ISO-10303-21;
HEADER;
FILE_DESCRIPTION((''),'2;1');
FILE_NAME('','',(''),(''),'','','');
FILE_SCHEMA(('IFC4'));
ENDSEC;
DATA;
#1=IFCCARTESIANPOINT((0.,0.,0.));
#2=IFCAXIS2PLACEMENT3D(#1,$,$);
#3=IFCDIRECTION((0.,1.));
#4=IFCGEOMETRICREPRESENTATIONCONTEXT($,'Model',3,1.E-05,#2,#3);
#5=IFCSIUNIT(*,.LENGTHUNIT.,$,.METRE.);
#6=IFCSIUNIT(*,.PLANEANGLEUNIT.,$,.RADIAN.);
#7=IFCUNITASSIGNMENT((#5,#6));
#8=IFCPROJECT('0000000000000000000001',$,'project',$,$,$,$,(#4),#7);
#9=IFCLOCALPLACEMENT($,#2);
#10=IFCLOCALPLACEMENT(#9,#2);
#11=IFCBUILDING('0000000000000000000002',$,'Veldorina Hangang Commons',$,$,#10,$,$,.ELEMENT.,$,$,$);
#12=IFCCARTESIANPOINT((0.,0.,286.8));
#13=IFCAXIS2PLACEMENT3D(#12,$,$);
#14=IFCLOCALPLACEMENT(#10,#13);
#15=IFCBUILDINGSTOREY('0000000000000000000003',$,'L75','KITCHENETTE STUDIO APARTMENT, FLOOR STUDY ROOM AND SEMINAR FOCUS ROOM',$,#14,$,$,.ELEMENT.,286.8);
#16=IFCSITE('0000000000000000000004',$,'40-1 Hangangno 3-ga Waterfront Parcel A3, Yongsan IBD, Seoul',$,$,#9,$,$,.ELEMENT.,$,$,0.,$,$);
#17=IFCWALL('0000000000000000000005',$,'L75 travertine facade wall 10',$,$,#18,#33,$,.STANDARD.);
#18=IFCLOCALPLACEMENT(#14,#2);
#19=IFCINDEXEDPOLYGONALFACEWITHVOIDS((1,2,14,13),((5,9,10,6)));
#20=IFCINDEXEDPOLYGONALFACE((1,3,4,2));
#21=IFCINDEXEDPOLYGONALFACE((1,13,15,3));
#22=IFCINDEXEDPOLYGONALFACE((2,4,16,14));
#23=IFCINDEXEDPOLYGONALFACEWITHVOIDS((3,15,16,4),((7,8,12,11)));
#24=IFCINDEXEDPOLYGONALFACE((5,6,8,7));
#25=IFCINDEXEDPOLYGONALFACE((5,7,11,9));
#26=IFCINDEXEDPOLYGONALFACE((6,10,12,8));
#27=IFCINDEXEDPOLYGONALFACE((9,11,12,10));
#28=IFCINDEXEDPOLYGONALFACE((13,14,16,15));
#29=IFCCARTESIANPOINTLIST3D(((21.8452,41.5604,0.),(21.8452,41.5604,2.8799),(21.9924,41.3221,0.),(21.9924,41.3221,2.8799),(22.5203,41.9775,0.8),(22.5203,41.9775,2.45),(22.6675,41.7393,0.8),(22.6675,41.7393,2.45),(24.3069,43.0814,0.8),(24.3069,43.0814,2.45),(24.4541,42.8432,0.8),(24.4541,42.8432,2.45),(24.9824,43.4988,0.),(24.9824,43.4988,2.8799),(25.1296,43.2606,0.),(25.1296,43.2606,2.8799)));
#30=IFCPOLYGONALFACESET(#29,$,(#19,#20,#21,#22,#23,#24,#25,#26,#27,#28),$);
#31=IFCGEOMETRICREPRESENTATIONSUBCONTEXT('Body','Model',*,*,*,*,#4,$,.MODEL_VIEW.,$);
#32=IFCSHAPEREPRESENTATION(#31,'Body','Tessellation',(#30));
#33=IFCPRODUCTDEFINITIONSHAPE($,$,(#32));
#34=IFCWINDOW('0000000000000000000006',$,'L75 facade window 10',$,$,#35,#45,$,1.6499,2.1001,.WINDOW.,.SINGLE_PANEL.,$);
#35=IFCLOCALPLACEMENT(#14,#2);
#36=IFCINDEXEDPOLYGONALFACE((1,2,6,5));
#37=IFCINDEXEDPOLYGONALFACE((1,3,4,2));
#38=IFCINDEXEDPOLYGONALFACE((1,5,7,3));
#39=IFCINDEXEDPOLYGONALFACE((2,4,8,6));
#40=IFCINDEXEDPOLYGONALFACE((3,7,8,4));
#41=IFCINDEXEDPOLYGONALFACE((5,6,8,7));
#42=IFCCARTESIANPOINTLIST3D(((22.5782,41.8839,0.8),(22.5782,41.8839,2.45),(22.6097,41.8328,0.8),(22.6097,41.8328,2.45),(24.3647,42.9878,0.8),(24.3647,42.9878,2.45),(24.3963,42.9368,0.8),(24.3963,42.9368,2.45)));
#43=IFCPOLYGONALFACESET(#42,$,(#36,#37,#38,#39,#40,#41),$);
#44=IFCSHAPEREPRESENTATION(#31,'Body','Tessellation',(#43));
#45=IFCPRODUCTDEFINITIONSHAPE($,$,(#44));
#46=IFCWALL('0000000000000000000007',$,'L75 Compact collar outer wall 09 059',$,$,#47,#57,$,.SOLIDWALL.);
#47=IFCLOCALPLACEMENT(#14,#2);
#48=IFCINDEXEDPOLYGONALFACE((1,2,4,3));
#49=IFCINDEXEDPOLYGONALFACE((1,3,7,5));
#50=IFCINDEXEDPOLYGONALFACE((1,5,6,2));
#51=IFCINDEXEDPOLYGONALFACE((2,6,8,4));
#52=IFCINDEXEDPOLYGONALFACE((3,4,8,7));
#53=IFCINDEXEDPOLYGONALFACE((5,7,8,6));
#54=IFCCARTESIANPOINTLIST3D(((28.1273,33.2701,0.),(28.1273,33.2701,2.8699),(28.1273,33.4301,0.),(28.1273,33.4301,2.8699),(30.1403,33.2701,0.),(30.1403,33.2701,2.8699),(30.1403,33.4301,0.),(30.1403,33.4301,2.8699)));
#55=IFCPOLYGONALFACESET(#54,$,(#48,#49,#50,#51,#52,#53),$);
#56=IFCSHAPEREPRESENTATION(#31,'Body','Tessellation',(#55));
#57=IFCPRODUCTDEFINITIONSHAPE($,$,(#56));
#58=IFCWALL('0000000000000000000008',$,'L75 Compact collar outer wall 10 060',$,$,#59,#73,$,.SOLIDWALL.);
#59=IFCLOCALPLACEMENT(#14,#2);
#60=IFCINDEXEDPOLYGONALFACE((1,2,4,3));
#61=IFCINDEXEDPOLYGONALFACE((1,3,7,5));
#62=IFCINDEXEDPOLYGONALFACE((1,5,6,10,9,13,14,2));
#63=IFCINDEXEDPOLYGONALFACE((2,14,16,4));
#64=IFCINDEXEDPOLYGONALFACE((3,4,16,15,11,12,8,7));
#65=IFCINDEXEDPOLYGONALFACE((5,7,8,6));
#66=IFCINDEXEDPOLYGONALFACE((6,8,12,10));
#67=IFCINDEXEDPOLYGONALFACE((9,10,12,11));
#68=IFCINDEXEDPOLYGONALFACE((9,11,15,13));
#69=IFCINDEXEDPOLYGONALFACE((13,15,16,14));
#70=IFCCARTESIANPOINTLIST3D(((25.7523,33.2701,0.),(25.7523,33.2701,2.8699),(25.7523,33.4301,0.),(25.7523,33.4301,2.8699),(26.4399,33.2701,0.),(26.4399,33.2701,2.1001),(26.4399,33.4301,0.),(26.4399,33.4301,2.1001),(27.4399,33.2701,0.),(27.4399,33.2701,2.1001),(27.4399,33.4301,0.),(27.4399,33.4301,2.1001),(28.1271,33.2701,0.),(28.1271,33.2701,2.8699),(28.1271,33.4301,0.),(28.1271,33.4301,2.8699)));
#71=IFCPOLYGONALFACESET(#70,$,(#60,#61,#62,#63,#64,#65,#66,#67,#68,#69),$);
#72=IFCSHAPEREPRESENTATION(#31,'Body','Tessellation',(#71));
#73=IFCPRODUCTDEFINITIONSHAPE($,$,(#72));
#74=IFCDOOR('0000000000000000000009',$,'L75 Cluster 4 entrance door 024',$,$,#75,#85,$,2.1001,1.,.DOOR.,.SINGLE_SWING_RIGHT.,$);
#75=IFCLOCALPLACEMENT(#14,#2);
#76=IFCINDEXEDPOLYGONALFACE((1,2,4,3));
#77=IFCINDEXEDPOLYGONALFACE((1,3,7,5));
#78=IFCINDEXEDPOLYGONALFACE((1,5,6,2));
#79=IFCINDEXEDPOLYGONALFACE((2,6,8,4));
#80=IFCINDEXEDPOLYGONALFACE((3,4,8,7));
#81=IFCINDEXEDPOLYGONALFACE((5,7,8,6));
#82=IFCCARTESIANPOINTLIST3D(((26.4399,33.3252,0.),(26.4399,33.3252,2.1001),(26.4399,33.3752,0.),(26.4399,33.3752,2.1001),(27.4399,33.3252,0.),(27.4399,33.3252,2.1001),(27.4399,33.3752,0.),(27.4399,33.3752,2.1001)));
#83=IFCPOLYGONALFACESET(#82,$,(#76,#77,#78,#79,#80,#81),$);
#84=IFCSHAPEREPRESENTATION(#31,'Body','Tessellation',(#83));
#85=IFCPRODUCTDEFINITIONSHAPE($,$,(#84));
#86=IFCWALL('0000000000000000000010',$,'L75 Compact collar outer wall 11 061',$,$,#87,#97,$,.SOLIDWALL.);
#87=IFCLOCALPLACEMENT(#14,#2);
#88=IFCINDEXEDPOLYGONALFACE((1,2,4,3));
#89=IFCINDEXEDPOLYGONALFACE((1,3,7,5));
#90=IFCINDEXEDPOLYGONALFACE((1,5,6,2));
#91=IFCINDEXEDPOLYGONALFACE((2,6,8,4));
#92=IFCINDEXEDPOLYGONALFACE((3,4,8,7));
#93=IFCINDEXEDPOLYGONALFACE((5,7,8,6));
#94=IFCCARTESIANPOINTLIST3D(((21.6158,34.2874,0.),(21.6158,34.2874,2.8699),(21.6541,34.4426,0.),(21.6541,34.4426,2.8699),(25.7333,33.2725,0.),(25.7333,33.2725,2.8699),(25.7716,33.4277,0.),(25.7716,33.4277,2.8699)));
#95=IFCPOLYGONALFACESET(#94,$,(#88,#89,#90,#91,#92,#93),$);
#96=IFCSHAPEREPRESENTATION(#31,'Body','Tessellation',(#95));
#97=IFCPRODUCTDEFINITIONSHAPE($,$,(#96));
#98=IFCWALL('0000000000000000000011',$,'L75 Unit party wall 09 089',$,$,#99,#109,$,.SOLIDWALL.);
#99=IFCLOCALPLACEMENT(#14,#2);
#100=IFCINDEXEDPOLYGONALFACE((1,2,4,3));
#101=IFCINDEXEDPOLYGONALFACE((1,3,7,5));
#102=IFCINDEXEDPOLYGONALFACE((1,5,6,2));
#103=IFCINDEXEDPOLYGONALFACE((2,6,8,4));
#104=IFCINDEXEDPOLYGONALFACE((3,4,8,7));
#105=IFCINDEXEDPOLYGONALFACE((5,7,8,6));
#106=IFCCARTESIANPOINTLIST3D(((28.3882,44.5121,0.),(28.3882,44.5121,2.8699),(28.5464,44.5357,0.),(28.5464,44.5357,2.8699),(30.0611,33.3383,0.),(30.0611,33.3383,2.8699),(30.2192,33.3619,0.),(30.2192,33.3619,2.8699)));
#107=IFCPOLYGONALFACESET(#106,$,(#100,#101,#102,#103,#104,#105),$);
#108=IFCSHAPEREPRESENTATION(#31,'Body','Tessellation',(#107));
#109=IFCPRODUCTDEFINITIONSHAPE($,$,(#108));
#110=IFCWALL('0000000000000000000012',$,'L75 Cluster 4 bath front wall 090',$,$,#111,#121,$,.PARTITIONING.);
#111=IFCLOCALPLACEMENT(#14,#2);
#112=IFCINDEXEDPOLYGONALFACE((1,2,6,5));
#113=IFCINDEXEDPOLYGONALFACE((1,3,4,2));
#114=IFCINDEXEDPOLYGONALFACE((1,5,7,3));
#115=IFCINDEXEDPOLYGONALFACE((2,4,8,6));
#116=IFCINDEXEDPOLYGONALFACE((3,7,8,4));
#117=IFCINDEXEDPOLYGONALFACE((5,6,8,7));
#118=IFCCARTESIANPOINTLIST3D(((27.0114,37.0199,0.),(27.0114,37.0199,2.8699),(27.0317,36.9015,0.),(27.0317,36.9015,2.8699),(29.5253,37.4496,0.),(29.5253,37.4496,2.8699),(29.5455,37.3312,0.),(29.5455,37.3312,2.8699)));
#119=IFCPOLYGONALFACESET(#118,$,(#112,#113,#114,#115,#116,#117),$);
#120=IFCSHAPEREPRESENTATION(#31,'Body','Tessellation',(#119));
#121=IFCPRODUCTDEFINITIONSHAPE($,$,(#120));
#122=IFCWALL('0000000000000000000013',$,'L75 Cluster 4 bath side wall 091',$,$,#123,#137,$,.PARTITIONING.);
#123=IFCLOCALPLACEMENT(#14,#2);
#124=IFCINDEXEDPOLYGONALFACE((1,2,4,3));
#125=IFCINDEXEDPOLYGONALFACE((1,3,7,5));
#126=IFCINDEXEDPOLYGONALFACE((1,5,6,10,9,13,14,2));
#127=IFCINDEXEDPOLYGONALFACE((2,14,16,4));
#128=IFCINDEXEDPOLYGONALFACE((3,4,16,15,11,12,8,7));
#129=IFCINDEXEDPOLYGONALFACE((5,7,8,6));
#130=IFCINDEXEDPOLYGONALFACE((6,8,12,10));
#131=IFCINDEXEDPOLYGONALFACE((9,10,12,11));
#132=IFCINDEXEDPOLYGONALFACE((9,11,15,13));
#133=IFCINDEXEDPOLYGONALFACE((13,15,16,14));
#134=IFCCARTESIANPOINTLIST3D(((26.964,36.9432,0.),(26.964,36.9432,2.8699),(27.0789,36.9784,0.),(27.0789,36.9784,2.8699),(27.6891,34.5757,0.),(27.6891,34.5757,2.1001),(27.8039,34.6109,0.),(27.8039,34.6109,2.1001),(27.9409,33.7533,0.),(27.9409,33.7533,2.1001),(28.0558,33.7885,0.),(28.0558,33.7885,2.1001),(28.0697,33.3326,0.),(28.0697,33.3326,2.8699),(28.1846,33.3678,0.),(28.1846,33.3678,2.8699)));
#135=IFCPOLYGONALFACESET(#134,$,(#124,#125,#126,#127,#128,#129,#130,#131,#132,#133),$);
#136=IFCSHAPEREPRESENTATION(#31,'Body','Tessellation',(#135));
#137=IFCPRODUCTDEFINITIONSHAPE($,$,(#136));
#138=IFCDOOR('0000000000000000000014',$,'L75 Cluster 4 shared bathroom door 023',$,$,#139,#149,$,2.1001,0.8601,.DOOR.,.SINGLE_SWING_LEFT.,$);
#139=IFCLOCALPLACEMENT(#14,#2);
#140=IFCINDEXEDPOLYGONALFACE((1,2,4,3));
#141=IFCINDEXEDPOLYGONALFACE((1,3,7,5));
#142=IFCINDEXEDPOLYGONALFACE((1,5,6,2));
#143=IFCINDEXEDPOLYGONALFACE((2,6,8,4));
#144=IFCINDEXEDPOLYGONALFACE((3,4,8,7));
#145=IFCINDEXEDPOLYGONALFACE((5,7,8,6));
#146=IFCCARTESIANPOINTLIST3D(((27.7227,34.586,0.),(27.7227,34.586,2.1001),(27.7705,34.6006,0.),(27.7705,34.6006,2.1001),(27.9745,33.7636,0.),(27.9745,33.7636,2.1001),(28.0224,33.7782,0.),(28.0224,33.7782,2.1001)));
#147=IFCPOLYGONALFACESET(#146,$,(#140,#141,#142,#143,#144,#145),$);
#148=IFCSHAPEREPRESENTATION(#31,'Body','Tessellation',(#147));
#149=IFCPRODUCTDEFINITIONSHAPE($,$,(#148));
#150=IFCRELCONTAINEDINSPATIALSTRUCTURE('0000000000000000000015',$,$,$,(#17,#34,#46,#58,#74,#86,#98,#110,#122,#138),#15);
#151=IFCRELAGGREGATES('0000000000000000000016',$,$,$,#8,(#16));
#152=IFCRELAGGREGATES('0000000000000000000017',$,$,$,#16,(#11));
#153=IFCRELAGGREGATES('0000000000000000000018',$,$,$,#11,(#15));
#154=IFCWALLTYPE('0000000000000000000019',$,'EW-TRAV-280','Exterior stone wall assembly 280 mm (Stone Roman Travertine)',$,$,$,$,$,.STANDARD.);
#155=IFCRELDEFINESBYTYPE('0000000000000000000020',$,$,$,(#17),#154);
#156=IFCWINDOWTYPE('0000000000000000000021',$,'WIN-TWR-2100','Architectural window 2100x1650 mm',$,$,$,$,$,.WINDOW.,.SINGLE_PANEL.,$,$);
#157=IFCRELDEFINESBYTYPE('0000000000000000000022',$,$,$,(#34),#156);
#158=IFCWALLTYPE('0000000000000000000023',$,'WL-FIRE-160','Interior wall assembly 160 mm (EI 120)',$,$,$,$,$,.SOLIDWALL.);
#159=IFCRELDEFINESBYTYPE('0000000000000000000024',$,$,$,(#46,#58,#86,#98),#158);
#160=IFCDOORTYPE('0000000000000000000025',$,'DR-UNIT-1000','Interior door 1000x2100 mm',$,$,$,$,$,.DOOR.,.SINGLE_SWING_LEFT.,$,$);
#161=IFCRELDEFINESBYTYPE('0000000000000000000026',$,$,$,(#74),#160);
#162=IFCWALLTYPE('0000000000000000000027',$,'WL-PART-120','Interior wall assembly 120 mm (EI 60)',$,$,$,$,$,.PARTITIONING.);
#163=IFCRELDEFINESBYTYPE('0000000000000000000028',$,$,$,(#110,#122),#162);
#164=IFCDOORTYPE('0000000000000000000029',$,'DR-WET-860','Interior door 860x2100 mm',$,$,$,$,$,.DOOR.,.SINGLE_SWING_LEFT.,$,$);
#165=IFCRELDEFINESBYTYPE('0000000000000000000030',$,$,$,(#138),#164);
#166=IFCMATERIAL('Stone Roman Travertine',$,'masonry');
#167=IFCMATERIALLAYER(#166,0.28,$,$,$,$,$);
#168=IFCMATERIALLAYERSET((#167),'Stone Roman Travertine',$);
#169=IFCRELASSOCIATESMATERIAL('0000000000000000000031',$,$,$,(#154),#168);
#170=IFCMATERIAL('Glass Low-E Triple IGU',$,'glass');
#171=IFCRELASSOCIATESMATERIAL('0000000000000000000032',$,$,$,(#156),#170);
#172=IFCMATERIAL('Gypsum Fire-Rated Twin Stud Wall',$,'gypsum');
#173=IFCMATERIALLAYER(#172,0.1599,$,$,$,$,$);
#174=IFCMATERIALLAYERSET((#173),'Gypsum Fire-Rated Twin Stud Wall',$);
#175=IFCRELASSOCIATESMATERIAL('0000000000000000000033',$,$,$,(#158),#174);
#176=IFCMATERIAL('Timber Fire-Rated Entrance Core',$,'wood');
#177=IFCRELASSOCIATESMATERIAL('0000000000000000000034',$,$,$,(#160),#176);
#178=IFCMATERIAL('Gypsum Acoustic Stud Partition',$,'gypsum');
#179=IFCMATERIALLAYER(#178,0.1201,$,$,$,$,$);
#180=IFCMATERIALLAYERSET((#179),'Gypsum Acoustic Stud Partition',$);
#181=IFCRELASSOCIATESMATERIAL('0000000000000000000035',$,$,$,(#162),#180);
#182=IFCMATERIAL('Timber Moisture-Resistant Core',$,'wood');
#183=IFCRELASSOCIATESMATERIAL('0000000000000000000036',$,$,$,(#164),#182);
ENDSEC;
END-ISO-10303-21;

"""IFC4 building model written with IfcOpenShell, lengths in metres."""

from ifc_helpers import new_model, si_unit, direction, frame, frame_2d, origin, place, context, subcontext, project, spatial, rectangle, extrude, material, layer, layer_set, type_object, element, fill, save


model = new_model("IFC4")

# Units and contexts
model_context = context("Model", 3, precision=1e-05, world=origin(), true_north=direction((0.0, 1.0)))
body_context = subcontext(model_context, "Body", "Model", "MODEL_VIEW")
ifc_project = project(units=[si_unit("LENGTHUNIT", "METRE"), si_unit("PLANEANGLEUNIT", "RADIAN")], contexts=[model_context])

# Site, building, storey
site_placement = place(None, origin())
site = spatial("IfcSite", under=ifc_project, at=site_placement, Name="40-1 Hangangno 3-ga Waterfront Parcel A3, Yongsan IBD, Seoul", CompositionType="ELEMENT", RefElevation=0.0)
building_placement = place(site_placement, origin())
building = spatial("IfcBuilding", under=site, at=building_placement, Name="Veldorina Hangang Commons", CompositionType="ELEMENT")
storey_placement = place(building_placement, frame((0.0, 0.0, 286.8)))
storey = spatial("IfcBuildingStorey", under=building, at=storey_placement, Name="L75", Description="KITCHENETTE STUDIO APARTMENT, FLOOR STUDY ROOM AND SEMINAR FOCUS ROOM", CompositionType="ELEMENT", Elevation=286.8)

# Shared definitions
ifc_material_1 = material(Name="Stone Roman Travertine", Category="masonry")
ifc_layer_1 = layer(ifc_material_1, 0.28)
ifc_layer_set_1 = layer_set([ifc_layer_1], Name="Stone Roman Travertine")
wall_type_1 = type_object("IfcWallType", Name="EW-TRAV-280", Description="Exterior stone wall assembly 280 mm (Stone Roman Travertine)", PredefinedType="STANDARD", material=ifc_layer_set_1)

# Wall, opening, window
wall_1_placement = place(storey_placement, frame((25.0559, 43.3796, 0.0), z_axis=(0.0, 0.0, 1.0), x_axis=(-0.850702, -0.525648, 0.0)))
wall_1 = element("IfcWall", 1, at=wall_1_placement, inside=storey, type_object=wall_type_1, Name="L75 travertine facade wall 10", PredefinedType="STANDARD", context=body_context, shape_type="SweptSolid", body=[
    extrude(rectangle(XDim=3.6877, YDim=0.28, at=frame_2d((1.8438, 0.0))), origin(), (0.0, 0.0, 1.0), 2.8799),
])
opening_1_placement = place(wall_1_placement, frame((0.7939, 0.0, 0.8)))
opening_1 = element("IfcOpeningElement", 2, at=opening_1_placement, cuts=wall_1, PredefinedType="OPENING", context=body_context, shape_type="SweptSolid", body=[
    extrude(rectangle(XDim=2.1001, YDim=1.6499, at=frame_2d((1.05, 0.825))), frame((0.0, 0.1499, 0.0), z_axis=(0.0, -1.0, 0.0), x_axis=(1.0, 0.0, 0.0)), (0.0, 0.0, 1.0), 0.3),
])
ifc_material_2 = material(Name="Glass Low-E Triple IGU", Category="glass")
window_type = type_object("IfcWindowType", Name="WIN-TWR-2100", Description="Architectural window 2100x1650 mm", PartitioningType="SINGLE_PANEL", PredefinedType="WINDOW", material=ifc_material_2)
window_placement = place(opening_1_placement, origin())
window = element("IfcWindow", 3, at=window_placement, inside=storey, type_object=window_type, Name="L75 facade window 10", OverallHeight=1.6499, OverallWidth=2.1001, PartitioningType="SINGLE_PANEL", PredefinedType="WINDOW", context=body_context, shape_type="SweptSolid", body=[
    extrude(rectangle(XDim=2.1001, YDim=1.6499, at=frame_2d((1.05, 0.825))), frame((0.0, 0.03, 0.0), z_axis=(0.0, -1.0, 0.0), x_axis=(1.0, 0.0, 0.0)), (0.0, 0.0, 1.0), 0.0601),
])
fill(opening_1, window)

# Wall
ifc_material_3 = material(Name="Gypsum Fire-Rated Twin Stud Wall", Category="gypsum")
ifc_layer_2 = layer(ifc_material_3, 0.1599)
ifc_layer_set_2 = layer_set([ifc_layer_2], Name="Gypsum Fire-Rated Twin Stud Wall")
wall_type_2 = type_object("IfcWallType", Name="WL-FIRE-160", Description="Interior wall assembly 160 mm (EI 120)", PredefinedType="SOLIDWALL", material=ifc_layer_set_2)
wall_2_placement = place(storey_placement, frame((30.1401, 33.3501, 0.0), z_axis=(0.0, 0.0, 1.0), x_axis=(-1.0, 0.0, 0.0)))
element("IfcWall", 4, at=wall_2_placement, inside=storey, type_object=wall_type_2, Name="L75 Compact collar outer wall 09 059", PredefinedType="SOLIDWALL", context=body_context, shape_type="SweptSolid", body=[
    extrude(rectangle(XDim=2.0129, YDim=0.1599, at=frame_2d((1.0063, 0.0))), origin(), (0.0, 0.0, 1.0), 2.8699),
])

# Wall, opening, door
wall_3_placement = place(storey_placement, frame((28.1272, 33.3501, 0.0), z_axis=(0.0, 0.0, 1.0), x_axis=(-1.0, 0.0, 0.0)))
wall_3 = element("IfcWall", 5, at=wall_3_placement, inside=storey, type_object=wall_type_2, Name="L75 Compact collar outer wall 10 060", PredefinedType="SOLIDWALL", context=body_context, shape_type="SweptSolid", body=[
    extrude(rectangle(XDim=2.3748, YDim=0.1599, at=frame_2d((1.1875, 0.0))), origin(), (0.0, 0.0, 1.0), 2.8699),
])
opening_2_placement = place(wall_3_placement, frame((0.6873, 0.0, 0.0)))
opening_2 = element("IfcOpeningElement", 6, at=opening_2_placement, cuts=wall_3, PredefinedType="OPENING", context=body_context, shape_type="SweptSolid", body=[
    extrude(rectangle(XDim=1.0, YDim=2.1001, at=frame_2d((0.5, 1.05))), frame((0.0, 0.0898, 0.0), z_axis=(0.0, -1.0, 0.0), x_axis=(1.0, 0.0, 0.0)), (0.0, 0.0, 1.0), 0.1799),
])
ifc_material_4 = material(Name="Timber Fire-Rated Entrance Core", Category="wood")
door_type_1 = type_object("IfcDoorType", Name="DR-UNIT-1000", Description="Interior door 1000x2100 mm", OperationType="SINGLE_SWING_LEFT", PredefinedType="DOOR", material=ifc_material_4)
door_1_placement = place(opening_2_placement, origin())
door_1 = element("IfcDoor", 7, at=door_1_placement, inside=storey, type_object=door_type_1, Name="L75 Cluster 4 entrance door 024", OperationType="SINGLE_SWING_RIGHT", OverallHeight=2.1001, OverallWidth=1.0, PredefinedType="DOOR", context=body_context, shape_type="SweptSolid", body=[
    extrude(rectangle(XDim=1.0, YDim=2.1001, at=frame_2d((0.5, 1.05))), frame((0.0, 0.0249, 0.0), z_axis=(0.0, -1.0, 0.0), x_axis=(1.0, 0.0, 0.0)), (0.0, 0.0, 1.0), 0.05),
])
fill(opening_2, door_1)

# Walls
wall_4_placement = place(storey_placement, frame((25.7524, 33.3501, 0.0), z_axis=(0.0, 0.0, 1.0), x_axis=(-0.97094, 0.239324, 0.0)))
element("IfcWall", 8, at=wall_4_placement, inside=storey, type_object=wall_type_2, Name="L75 Compact collar outer wall 11 061", PredefinedType="SOLIDWALL", context=body_context, shape_type="SweptSolid", body=[
    extrude(rectangle(XDim=4.2407, YDim=0.1599, at=frame_2d((2.1204, 0.0))), origin(), (0.0, 0.0, 1.0), 2.8699),
])
wall_5_placement = place(storey_placement, frame((30.1401, 33.3501, 0.0), z_axis=(0.0, 0.0, 1.0), x_axis=(-0.148061, 0.988978, 0.0)))
element("IfcWall", 9, at=wall_5_placement, inside=storey, type_object=wall_type_2, Name="L75 Unit party wall 09 089", PredefinedType="SOLIDWALL", context=body_context, shape_type="SweptSolid", body=[
    extrude(rectangle(XDim=11.2983, YDim=0.1599, at=frame_2d((5.6492, 0.0))), origin(), (0.0, 0.0, 1.0), 2.8699),
])
ifc_material_5 = material(Name="Gypsum Acoustic Stud Partition", Category="gypsum")
ifc_layer_3 = layer(ifc_material_5, 0.1201)
ifc_layer_set_3 = layer_set([ifc_layer_3], Name="Gypsum Acoustic Stud Partition")
wall_type_3 = type_object("IfcWallType", Name="WL-PART-120", Description="Interior wall assembly 120 mm (EI 60)", PredefinedType="PARTITIONING", material=ifc_layer_set_3)
wall_6_placement = place(storey_placement, frame((29.5354, 37.3904, 0.0), z_axis=(0.0, 0.0, 1.0), x_axis=(-0.985705, -0.16848, 0.0)))
element("IfcWall", 10, at=wall_6_placement, inside=storey, type_object=wall_type_3, Name="L75 Cluster 4 bath front wall 090", PredefinedType="PARTITIONING", context=body_context, shape_type="SweptSolid", body=[
    extrude(rectangle(XDim=2.5503, YDim=0.1201, at=frame_2d((1.2751, 0.0))), origin(), (0.0, 0.0, 1.0), 2.8699),
])

# Wall, opening, door
wall_7_placement = place(storey_placement, frame((28.1272, 33.3501, 0.0), z_axis=(0.0, 0.0, 1.0), x_axis=(-0.292818, 0.956168, 0.0)))
wall_7 = element("IfcWall", 11, at=wall_7_placement, inside=storey, type_object=wall_type_3, Name="L75 Cluster 4 bath side wall 091", PredefinedType="PARTITIONING", context=body_context, shape_type="SweptSolid", body=[
    extrude(rectangle(XDim=3.7761, YDim=0.1201, at=frame_2d((1.8882, 0.0))), origin(), (0.0, 0.0, 1.0), 2.8699),
])
opening_3_placement = place(wall_7_placement, frame((0.4399, 0.0, 0.0)))
opening_3 = element("IfcOpeningElement", 12, at=opening_3_placement, cuts=wall_7, PredefinedType="OPENING", context=body_context, shape_type="SweptSolid", body=[
    extrude(rectangle(XDim=0.8601, YDim=2.1001, at=frame_2d((0.4302, 1.05))), frame((0.0, 0.0701, 0.0), z_axis=(0.0, -1.0, 0.0), x_axis=(1.0, 0.0, 0.0)), (0.0, 0.0, 1.0), 0.1401),
])
ifc_material_6 = material(Name="Timber Moisture-Resistant Core", Category="wood")
door_type_2 = type_object("IfcDoorType", Name="DR-WET-860", Description="Interior door 860x2100 mm", OperationType="SINGLE_SWING_LEFT", PredefinedType="DOOR", material=ifc_material_6)
door_2_placement = place(opening_3_placement, origin())
door_2 = element("IfcDoor", 13, at=door_2_placement, inside=storey, type_object=door_type_2, Name="L75 Cluster 4 shared bathroom door 023", OperationType="SINGLE_SWING_LEFT", OverallHeight=2.1001, OverallWidth=0.8601, PredefinedType="DOOR", context=body_context, shape_type="SweptSolid", body=[
    extrude(rectangle(XDim=0.8601, YDim=2.1001, at=frame_2d((0.4302, 1.05))), frame((0.0, 0.0249, 0.0), z_axis=(0.0, -1.0, 0.0), x_axis=(1.0, 0.0, 0.0)), (0.0, 0.0, 1.0), 0.05),
])
fill(opening_3, door_2)

save(model, "model.ifc")
